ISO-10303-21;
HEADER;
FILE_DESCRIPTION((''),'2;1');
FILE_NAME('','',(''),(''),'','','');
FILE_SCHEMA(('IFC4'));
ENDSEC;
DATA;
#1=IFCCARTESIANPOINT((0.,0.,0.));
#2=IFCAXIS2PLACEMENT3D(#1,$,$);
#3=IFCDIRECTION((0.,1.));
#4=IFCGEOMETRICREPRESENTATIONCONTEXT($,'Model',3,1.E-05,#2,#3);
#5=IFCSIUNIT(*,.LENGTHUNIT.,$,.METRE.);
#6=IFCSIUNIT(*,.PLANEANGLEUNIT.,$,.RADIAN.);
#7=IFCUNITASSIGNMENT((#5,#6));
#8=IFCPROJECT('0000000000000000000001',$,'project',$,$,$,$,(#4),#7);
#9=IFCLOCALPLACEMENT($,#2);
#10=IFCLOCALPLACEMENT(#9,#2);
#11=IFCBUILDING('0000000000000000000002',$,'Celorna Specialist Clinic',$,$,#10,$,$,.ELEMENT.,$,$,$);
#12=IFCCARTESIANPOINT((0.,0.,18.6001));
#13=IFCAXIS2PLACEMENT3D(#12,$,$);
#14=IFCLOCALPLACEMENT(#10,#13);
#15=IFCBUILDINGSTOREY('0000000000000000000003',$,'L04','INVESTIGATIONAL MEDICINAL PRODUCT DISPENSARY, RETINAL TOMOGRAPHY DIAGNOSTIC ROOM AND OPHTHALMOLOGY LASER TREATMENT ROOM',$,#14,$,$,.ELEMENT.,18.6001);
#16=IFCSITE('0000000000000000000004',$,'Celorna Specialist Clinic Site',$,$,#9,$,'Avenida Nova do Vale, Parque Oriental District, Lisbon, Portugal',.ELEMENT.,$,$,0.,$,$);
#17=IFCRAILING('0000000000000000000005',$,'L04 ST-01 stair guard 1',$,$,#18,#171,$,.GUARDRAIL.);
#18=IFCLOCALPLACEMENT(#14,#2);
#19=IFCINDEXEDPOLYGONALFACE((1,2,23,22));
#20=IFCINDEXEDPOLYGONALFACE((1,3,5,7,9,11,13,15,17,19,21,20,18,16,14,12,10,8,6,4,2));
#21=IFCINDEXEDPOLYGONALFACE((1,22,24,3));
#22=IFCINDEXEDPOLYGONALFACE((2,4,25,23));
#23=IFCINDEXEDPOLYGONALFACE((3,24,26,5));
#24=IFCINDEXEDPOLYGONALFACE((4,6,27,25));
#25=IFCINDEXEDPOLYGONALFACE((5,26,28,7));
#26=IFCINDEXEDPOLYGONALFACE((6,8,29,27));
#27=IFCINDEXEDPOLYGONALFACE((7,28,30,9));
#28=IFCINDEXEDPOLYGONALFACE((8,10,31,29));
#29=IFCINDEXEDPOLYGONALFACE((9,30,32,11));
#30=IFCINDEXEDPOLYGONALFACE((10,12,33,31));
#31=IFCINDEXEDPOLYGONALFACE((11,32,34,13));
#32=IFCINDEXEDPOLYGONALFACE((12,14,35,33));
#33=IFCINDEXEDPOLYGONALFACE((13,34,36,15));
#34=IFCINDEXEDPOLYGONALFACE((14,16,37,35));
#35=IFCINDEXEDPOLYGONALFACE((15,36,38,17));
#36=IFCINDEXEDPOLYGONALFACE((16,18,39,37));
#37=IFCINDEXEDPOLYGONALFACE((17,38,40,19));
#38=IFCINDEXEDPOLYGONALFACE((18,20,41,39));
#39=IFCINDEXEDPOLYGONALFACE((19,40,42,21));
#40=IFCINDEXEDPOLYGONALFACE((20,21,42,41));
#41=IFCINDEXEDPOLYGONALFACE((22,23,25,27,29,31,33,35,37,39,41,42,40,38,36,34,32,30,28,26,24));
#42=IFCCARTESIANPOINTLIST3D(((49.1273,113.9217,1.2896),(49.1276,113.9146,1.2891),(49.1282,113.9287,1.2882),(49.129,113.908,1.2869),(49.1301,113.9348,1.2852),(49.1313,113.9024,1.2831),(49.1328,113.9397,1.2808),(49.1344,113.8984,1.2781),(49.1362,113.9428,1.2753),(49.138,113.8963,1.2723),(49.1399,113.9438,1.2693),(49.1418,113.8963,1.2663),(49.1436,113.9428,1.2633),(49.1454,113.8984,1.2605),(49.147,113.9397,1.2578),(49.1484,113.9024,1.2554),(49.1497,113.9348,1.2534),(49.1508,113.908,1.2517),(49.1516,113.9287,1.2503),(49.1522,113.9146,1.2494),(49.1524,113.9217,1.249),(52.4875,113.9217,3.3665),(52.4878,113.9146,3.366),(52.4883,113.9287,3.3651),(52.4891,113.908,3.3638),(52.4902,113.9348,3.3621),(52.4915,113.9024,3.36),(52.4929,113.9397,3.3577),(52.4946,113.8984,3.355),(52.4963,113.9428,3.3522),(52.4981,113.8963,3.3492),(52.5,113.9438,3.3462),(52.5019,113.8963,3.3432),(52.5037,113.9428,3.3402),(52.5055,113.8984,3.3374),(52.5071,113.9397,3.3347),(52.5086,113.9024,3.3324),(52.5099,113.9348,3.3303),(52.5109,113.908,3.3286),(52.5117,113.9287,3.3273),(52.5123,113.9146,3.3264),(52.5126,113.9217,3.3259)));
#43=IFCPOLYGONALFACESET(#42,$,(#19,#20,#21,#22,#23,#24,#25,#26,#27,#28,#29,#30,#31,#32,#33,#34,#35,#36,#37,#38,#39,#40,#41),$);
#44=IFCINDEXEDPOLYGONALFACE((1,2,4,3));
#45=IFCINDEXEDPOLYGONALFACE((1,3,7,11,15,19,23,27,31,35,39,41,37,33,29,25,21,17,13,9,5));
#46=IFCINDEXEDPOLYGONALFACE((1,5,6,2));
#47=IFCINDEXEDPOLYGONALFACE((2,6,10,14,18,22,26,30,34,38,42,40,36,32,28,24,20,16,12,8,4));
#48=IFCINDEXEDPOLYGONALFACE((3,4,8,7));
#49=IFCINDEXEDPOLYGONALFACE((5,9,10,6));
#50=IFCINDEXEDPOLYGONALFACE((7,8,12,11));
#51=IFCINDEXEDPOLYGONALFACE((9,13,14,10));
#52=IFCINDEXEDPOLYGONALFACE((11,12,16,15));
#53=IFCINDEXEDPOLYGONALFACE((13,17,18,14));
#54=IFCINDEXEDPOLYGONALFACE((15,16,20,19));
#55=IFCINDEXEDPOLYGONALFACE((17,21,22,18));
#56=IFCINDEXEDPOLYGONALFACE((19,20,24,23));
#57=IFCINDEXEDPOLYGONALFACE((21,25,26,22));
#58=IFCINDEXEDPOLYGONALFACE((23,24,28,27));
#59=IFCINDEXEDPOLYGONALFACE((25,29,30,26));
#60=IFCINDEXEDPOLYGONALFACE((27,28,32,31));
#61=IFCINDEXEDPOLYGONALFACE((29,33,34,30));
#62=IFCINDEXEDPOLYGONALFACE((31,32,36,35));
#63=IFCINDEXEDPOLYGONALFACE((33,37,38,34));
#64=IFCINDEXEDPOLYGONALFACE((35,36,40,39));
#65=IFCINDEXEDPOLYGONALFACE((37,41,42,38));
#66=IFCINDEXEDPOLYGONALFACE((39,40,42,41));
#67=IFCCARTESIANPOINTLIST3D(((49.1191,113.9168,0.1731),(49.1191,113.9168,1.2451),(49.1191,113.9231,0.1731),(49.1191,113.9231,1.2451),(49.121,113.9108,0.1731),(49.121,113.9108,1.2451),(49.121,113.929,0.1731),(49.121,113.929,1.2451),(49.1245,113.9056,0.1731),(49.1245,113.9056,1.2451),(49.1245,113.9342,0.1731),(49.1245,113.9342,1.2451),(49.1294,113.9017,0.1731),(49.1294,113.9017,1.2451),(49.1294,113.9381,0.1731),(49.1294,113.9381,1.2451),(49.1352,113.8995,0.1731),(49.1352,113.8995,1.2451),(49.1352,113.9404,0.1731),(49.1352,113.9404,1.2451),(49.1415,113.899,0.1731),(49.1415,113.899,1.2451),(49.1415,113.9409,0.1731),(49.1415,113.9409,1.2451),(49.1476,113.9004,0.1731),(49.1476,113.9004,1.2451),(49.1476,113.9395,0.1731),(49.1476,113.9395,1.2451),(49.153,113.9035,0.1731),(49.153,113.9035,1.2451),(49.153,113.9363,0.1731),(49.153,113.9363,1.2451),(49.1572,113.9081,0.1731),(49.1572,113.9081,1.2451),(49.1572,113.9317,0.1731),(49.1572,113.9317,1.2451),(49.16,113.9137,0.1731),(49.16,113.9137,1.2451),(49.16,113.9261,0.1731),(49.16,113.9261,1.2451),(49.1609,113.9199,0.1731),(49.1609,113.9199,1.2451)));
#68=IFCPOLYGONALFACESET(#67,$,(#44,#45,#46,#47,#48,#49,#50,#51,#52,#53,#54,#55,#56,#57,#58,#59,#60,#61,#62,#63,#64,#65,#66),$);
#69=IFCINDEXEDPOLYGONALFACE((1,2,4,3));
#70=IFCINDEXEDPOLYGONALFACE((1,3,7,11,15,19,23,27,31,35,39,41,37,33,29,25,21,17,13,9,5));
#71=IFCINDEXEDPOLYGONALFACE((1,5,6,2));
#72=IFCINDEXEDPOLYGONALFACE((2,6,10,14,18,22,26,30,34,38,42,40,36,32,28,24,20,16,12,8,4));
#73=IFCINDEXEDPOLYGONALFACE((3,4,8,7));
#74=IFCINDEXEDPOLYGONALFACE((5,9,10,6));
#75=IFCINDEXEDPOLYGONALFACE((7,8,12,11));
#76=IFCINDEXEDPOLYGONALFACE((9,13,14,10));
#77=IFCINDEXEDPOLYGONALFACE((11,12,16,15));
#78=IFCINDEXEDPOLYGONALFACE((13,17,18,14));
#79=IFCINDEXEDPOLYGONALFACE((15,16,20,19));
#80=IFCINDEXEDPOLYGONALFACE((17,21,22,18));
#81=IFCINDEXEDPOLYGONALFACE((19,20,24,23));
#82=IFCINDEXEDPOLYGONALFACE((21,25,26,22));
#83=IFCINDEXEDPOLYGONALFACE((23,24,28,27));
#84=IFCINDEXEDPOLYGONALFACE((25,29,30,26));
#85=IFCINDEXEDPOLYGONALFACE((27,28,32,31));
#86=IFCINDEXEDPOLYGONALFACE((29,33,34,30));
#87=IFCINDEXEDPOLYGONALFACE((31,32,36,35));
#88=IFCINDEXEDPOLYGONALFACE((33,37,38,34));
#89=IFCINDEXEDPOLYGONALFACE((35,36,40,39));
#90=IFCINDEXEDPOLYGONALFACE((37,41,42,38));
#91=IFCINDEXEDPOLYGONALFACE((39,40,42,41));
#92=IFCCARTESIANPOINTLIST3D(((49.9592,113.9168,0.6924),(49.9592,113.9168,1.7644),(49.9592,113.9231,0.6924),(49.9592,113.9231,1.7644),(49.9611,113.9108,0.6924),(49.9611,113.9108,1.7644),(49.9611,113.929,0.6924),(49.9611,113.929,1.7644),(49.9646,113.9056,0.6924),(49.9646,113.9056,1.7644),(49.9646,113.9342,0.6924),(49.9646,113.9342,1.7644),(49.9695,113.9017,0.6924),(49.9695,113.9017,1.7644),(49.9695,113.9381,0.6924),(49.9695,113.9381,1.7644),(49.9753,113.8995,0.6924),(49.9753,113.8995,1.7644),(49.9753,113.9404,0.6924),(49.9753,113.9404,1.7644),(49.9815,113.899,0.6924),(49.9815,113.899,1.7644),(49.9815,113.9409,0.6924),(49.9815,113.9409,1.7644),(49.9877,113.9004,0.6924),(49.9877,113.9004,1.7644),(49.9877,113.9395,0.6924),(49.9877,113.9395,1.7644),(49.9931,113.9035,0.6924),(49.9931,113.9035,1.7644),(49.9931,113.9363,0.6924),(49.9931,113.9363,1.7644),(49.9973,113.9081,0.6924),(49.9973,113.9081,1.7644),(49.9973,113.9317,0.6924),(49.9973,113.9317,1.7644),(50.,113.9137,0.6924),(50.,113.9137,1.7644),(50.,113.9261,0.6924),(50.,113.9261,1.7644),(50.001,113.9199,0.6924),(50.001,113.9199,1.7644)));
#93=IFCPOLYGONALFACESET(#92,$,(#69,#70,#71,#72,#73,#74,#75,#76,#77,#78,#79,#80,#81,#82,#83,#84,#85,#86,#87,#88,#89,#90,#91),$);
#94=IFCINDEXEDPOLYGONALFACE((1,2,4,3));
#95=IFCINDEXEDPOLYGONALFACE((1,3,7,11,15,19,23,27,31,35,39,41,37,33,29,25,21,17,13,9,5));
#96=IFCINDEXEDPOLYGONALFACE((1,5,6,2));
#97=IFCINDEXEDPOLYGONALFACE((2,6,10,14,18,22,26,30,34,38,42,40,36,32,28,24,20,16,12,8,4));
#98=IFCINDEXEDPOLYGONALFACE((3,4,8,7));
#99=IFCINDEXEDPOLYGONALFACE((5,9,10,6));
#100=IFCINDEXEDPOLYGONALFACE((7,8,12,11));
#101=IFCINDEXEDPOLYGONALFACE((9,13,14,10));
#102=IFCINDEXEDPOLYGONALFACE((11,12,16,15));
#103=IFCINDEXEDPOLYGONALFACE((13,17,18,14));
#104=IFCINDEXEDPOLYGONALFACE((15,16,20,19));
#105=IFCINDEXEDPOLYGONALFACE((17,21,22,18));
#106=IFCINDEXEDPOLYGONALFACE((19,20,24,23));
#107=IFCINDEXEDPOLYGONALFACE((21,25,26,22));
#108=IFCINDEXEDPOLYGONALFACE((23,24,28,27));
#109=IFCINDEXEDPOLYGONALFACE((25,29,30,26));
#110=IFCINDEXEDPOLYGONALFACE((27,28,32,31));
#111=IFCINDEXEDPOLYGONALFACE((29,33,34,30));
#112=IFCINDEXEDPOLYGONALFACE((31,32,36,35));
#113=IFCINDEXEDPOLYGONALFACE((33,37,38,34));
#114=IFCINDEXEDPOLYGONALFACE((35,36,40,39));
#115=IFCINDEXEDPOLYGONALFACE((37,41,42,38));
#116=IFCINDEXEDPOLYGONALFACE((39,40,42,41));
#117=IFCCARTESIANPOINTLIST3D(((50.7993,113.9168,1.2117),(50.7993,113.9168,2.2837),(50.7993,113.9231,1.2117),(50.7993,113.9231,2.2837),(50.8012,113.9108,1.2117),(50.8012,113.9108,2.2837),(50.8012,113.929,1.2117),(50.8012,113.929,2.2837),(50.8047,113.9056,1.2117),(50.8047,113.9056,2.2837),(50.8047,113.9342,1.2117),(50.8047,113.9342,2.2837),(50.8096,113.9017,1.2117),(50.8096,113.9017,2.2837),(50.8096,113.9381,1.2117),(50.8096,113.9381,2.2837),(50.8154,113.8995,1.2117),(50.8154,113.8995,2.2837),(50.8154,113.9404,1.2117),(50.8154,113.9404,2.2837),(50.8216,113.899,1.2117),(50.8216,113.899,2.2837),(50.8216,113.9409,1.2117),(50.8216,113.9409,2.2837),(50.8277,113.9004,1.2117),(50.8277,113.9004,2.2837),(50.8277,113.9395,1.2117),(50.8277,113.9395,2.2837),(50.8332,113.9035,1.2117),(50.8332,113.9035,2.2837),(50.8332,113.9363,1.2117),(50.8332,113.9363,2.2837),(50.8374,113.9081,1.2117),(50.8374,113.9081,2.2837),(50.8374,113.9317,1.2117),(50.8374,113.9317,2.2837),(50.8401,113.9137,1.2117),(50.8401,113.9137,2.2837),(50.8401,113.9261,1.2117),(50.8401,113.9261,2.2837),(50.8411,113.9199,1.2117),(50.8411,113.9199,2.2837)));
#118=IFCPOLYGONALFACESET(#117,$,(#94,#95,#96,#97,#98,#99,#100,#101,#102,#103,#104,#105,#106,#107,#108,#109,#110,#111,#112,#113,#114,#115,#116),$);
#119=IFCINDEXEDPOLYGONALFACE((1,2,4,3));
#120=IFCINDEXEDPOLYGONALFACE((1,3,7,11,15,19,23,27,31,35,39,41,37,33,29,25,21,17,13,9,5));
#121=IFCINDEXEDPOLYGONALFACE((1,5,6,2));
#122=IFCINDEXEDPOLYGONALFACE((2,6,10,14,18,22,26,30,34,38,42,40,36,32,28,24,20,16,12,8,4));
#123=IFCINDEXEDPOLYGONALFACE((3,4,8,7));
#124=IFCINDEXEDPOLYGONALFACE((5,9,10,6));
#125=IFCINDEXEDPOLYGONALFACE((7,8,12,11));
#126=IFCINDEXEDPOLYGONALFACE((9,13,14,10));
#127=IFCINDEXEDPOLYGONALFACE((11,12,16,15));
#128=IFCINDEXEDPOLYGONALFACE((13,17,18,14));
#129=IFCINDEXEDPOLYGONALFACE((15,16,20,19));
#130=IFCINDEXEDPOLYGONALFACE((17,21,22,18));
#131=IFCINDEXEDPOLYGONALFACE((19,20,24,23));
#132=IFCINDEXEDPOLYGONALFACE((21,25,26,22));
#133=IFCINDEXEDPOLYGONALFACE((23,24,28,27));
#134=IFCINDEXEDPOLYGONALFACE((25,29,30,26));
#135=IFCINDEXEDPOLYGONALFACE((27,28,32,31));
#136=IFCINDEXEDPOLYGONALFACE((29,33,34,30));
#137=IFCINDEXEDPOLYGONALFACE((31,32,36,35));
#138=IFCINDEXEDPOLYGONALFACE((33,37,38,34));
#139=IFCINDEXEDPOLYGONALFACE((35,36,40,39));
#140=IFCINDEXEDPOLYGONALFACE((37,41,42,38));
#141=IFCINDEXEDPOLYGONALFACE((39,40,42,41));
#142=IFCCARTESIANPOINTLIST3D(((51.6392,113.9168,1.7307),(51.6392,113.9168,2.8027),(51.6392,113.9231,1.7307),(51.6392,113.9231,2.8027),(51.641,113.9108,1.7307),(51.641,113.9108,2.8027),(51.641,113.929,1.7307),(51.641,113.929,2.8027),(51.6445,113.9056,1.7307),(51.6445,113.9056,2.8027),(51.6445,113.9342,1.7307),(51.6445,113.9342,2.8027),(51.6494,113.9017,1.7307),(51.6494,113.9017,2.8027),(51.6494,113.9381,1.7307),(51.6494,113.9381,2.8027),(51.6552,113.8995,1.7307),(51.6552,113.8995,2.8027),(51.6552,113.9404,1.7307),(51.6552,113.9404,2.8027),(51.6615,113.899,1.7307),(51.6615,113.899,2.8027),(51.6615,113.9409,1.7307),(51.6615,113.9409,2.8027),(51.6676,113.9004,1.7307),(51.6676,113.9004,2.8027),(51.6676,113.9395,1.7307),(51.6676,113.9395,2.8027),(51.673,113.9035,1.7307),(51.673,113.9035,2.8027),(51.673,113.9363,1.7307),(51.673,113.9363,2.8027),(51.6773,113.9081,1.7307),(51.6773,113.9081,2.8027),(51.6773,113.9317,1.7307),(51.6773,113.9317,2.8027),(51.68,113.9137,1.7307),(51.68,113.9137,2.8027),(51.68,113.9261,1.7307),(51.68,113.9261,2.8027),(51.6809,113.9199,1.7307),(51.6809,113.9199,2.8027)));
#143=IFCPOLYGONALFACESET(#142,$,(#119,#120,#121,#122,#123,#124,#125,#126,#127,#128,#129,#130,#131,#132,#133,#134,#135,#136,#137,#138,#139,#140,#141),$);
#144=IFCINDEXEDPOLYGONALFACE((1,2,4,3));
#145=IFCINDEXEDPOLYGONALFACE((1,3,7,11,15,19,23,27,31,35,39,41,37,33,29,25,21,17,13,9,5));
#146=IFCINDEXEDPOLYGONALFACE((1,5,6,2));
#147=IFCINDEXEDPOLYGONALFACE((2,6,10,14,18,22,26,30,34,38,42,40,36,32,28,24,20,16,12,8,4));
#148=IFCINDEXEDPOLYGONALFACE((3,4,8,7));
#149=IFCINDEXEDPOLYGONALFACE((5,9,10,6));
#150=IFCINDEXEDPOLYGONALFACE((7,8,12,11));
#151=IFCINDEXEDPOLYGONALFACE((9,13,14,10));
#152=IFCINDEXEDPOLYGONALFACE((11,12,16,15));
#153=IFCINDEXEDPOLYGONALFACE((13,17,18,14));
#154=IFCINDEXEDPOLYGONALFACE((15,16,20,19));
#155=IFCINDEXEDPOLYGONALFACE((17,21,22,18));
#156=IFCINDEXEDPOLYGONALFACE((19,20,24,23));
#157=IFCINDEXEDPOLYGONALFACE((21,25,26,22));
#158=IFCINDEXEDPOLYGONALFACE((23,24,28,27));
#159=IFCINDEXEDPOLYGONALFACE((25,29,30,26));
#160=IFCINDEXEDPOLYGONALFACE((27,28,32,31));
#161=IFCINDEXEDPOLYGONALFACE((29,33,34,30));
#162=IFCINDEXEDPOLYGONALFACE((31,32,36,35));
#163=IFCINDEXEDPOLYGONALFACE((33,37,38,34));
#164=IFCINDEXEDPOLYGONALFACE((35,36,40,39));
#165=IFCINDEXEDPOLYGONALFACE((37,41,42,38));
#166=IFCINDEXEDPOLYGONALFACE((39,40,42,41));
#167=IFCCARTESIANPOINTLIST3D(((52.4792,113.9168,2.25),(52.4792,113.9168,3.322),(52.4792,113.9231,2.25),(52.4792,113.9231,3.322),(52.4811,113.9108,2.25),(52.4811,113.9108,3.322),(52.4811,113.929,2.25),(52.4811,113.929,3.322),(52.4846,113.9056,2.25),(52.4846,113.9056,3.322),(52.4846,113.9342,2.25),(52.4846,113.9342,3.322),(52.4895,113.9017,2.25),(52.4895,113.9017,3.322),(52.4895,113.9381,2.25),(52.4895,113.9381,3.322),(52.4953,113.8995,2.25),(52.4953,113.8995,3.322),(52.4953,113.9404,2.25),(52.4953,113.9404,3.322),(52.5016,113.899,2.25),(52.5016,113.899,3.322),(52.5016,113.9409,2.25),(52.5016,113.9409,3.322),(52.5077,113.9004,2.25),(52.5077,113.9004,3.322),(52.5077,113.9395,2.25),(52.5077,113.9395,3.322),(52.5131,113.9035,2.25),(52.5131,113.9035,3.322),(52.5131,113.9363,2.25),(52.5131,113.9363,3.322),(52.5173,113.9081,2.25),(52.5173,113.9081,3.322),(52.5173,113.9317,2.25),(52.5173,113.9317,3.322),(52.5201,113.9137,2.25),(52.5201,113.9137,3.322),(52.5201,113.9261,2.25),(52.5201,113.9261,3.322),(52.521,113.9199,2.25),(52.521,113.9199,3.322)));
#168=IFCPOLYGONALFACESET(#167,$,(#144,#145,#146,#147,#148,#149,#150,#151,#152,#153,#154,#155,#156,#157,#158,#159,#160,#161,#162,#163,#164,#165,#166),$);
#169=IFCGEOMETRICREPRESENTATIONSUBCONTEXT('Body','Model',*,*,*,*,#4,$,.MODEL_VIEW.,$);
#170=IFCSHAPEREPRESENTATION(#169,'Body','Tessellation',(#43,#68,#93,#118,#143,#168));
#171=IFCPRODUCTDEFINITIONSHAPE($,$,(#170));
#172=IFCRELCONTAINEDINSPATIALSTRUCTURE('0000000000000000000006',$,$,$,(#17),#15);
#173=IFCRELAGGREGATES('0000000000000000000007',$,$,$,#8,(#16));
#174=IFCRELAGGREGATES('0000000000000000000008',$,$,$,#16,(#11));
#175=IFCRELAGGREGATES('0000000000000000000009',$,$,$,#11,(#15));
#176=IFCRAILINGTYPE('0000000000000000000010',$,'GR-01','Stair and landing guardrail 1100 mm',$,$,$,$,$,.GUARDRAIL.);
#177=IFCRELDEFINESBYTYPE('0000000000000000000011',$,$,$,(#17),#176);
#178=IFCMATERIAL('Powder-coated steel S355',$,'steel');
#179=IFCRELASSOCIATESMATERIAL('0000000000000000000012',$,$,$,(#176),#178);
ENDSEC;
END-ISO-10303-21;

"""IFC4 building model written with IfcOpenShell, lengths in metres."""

from ifc_helpers import new_model, si_unit, direction, frame, origin, origin_2d, place, context, subcontext, project, spatial, circle, extrude, material, type_object, element, save


model = new_model("IFC4")

# Units and contexts
model_context = context("Model", 3, precision=1e-05, world=origin(), true_north=direction((0.0, 1.0)))
body_context = subcontext(model_context, "Body", "Model", "MODEL_VIEW")
ifc_project = project(units=[si_unit("LENGTHUNIT", "METRE"), si_unit("PLANEANGLEUNIT", "RADIAN")], contexts=[model_context])

# Site, building, storey
site_placement = place(None, origin())
site = spatial("IfcSite", under=ifc_project, at=site_placement, Name="Celorna Specialist Clinic Site", LongName="Avenida Nova do Vale, Parque Oriental District, Lisbon, Portugal", CompositionType="ELEMENT", RefElevation=0.0)
building_placement = place(site_placement, origin())
building = spatial("IfcBuilding", under=site, at=building_placement, Name="Celorna Specialist Clinic", CompositionType="ELEMENT")
storey_placement = place(building_placement, frame((0.0, 0.0, 18.6001)))
storey = spatial("IfcBuildingStorey", under=building, at=storey_placement, Name="L04", Description="INVESTIGATIONAL MEDICINAL PRODUCT DISPENSARY, RETINAL TOMOGRAPHY DIAGNOSTIC ROOM AND OPHTHALMOLOGY LASER TREATMENT ROOM", CompositionType="ELEMENT", Elevation=18.6001)

# Railing
ifc_material_1 = material(Name="Powder-coated steel S355", Category="steel")
railing_type_1 = type_object("IfcRailingType", Name="GR-01", Description="Stair and landing guardrail 1100 mm", PredefinedType="GUARDRAIL", material=ifc_material_1)
railing_1_placement = place(storey_placement, frame((49.1399, 113.9199, 0.1731)))
element("IfcRailing", 1, at=railing_1_placement, inside=storey, type_object=railing_type_1, Name="L04 ST-01 stair guard 1", PredefinedType="GUARDRAIL", context=body_context, shape_type="SweptSolid", body=[
    extrude(circle(Radius=0.0239, at=origin_2d()), frame((0.0, 0.0, 1.0962), z_axis=(0.850623, 0.0, 0.525776), x_axis=(0.0, 1.0, 0.0)), (0.0, 0.0, 1.0), 3.9502),
    extrude(circle(Radius=0.021, at=origin_2d()), origin(), (0.0, 0.0, 1.0), 1.072),
    extrude(circle(Radius=0.021, at=origin_2d()), frame((0.8401, 0.0, 0.5193)), (0.0, 0.0, 1.0), 1.072),
    extrude(circle(Radius=0.021, at=origin_2d()), frame((1.6802, 0.0, 1.0386)), (0.0, 0.0, 1.0), 1.072),
    extrude(circle(Radius=0.021, at=origin_2d()), frame((2.52, 0.0, 1.5576)), (0.0, 0.0, 1.0), 1.072),
    extrude(circle(Radius=0.021, at=origin_2d()), frame((3.3601, 0.0, 2.0769)), (0.0, 0.0, 1.0), 1.072),
])

save(model, "model.ifc")
